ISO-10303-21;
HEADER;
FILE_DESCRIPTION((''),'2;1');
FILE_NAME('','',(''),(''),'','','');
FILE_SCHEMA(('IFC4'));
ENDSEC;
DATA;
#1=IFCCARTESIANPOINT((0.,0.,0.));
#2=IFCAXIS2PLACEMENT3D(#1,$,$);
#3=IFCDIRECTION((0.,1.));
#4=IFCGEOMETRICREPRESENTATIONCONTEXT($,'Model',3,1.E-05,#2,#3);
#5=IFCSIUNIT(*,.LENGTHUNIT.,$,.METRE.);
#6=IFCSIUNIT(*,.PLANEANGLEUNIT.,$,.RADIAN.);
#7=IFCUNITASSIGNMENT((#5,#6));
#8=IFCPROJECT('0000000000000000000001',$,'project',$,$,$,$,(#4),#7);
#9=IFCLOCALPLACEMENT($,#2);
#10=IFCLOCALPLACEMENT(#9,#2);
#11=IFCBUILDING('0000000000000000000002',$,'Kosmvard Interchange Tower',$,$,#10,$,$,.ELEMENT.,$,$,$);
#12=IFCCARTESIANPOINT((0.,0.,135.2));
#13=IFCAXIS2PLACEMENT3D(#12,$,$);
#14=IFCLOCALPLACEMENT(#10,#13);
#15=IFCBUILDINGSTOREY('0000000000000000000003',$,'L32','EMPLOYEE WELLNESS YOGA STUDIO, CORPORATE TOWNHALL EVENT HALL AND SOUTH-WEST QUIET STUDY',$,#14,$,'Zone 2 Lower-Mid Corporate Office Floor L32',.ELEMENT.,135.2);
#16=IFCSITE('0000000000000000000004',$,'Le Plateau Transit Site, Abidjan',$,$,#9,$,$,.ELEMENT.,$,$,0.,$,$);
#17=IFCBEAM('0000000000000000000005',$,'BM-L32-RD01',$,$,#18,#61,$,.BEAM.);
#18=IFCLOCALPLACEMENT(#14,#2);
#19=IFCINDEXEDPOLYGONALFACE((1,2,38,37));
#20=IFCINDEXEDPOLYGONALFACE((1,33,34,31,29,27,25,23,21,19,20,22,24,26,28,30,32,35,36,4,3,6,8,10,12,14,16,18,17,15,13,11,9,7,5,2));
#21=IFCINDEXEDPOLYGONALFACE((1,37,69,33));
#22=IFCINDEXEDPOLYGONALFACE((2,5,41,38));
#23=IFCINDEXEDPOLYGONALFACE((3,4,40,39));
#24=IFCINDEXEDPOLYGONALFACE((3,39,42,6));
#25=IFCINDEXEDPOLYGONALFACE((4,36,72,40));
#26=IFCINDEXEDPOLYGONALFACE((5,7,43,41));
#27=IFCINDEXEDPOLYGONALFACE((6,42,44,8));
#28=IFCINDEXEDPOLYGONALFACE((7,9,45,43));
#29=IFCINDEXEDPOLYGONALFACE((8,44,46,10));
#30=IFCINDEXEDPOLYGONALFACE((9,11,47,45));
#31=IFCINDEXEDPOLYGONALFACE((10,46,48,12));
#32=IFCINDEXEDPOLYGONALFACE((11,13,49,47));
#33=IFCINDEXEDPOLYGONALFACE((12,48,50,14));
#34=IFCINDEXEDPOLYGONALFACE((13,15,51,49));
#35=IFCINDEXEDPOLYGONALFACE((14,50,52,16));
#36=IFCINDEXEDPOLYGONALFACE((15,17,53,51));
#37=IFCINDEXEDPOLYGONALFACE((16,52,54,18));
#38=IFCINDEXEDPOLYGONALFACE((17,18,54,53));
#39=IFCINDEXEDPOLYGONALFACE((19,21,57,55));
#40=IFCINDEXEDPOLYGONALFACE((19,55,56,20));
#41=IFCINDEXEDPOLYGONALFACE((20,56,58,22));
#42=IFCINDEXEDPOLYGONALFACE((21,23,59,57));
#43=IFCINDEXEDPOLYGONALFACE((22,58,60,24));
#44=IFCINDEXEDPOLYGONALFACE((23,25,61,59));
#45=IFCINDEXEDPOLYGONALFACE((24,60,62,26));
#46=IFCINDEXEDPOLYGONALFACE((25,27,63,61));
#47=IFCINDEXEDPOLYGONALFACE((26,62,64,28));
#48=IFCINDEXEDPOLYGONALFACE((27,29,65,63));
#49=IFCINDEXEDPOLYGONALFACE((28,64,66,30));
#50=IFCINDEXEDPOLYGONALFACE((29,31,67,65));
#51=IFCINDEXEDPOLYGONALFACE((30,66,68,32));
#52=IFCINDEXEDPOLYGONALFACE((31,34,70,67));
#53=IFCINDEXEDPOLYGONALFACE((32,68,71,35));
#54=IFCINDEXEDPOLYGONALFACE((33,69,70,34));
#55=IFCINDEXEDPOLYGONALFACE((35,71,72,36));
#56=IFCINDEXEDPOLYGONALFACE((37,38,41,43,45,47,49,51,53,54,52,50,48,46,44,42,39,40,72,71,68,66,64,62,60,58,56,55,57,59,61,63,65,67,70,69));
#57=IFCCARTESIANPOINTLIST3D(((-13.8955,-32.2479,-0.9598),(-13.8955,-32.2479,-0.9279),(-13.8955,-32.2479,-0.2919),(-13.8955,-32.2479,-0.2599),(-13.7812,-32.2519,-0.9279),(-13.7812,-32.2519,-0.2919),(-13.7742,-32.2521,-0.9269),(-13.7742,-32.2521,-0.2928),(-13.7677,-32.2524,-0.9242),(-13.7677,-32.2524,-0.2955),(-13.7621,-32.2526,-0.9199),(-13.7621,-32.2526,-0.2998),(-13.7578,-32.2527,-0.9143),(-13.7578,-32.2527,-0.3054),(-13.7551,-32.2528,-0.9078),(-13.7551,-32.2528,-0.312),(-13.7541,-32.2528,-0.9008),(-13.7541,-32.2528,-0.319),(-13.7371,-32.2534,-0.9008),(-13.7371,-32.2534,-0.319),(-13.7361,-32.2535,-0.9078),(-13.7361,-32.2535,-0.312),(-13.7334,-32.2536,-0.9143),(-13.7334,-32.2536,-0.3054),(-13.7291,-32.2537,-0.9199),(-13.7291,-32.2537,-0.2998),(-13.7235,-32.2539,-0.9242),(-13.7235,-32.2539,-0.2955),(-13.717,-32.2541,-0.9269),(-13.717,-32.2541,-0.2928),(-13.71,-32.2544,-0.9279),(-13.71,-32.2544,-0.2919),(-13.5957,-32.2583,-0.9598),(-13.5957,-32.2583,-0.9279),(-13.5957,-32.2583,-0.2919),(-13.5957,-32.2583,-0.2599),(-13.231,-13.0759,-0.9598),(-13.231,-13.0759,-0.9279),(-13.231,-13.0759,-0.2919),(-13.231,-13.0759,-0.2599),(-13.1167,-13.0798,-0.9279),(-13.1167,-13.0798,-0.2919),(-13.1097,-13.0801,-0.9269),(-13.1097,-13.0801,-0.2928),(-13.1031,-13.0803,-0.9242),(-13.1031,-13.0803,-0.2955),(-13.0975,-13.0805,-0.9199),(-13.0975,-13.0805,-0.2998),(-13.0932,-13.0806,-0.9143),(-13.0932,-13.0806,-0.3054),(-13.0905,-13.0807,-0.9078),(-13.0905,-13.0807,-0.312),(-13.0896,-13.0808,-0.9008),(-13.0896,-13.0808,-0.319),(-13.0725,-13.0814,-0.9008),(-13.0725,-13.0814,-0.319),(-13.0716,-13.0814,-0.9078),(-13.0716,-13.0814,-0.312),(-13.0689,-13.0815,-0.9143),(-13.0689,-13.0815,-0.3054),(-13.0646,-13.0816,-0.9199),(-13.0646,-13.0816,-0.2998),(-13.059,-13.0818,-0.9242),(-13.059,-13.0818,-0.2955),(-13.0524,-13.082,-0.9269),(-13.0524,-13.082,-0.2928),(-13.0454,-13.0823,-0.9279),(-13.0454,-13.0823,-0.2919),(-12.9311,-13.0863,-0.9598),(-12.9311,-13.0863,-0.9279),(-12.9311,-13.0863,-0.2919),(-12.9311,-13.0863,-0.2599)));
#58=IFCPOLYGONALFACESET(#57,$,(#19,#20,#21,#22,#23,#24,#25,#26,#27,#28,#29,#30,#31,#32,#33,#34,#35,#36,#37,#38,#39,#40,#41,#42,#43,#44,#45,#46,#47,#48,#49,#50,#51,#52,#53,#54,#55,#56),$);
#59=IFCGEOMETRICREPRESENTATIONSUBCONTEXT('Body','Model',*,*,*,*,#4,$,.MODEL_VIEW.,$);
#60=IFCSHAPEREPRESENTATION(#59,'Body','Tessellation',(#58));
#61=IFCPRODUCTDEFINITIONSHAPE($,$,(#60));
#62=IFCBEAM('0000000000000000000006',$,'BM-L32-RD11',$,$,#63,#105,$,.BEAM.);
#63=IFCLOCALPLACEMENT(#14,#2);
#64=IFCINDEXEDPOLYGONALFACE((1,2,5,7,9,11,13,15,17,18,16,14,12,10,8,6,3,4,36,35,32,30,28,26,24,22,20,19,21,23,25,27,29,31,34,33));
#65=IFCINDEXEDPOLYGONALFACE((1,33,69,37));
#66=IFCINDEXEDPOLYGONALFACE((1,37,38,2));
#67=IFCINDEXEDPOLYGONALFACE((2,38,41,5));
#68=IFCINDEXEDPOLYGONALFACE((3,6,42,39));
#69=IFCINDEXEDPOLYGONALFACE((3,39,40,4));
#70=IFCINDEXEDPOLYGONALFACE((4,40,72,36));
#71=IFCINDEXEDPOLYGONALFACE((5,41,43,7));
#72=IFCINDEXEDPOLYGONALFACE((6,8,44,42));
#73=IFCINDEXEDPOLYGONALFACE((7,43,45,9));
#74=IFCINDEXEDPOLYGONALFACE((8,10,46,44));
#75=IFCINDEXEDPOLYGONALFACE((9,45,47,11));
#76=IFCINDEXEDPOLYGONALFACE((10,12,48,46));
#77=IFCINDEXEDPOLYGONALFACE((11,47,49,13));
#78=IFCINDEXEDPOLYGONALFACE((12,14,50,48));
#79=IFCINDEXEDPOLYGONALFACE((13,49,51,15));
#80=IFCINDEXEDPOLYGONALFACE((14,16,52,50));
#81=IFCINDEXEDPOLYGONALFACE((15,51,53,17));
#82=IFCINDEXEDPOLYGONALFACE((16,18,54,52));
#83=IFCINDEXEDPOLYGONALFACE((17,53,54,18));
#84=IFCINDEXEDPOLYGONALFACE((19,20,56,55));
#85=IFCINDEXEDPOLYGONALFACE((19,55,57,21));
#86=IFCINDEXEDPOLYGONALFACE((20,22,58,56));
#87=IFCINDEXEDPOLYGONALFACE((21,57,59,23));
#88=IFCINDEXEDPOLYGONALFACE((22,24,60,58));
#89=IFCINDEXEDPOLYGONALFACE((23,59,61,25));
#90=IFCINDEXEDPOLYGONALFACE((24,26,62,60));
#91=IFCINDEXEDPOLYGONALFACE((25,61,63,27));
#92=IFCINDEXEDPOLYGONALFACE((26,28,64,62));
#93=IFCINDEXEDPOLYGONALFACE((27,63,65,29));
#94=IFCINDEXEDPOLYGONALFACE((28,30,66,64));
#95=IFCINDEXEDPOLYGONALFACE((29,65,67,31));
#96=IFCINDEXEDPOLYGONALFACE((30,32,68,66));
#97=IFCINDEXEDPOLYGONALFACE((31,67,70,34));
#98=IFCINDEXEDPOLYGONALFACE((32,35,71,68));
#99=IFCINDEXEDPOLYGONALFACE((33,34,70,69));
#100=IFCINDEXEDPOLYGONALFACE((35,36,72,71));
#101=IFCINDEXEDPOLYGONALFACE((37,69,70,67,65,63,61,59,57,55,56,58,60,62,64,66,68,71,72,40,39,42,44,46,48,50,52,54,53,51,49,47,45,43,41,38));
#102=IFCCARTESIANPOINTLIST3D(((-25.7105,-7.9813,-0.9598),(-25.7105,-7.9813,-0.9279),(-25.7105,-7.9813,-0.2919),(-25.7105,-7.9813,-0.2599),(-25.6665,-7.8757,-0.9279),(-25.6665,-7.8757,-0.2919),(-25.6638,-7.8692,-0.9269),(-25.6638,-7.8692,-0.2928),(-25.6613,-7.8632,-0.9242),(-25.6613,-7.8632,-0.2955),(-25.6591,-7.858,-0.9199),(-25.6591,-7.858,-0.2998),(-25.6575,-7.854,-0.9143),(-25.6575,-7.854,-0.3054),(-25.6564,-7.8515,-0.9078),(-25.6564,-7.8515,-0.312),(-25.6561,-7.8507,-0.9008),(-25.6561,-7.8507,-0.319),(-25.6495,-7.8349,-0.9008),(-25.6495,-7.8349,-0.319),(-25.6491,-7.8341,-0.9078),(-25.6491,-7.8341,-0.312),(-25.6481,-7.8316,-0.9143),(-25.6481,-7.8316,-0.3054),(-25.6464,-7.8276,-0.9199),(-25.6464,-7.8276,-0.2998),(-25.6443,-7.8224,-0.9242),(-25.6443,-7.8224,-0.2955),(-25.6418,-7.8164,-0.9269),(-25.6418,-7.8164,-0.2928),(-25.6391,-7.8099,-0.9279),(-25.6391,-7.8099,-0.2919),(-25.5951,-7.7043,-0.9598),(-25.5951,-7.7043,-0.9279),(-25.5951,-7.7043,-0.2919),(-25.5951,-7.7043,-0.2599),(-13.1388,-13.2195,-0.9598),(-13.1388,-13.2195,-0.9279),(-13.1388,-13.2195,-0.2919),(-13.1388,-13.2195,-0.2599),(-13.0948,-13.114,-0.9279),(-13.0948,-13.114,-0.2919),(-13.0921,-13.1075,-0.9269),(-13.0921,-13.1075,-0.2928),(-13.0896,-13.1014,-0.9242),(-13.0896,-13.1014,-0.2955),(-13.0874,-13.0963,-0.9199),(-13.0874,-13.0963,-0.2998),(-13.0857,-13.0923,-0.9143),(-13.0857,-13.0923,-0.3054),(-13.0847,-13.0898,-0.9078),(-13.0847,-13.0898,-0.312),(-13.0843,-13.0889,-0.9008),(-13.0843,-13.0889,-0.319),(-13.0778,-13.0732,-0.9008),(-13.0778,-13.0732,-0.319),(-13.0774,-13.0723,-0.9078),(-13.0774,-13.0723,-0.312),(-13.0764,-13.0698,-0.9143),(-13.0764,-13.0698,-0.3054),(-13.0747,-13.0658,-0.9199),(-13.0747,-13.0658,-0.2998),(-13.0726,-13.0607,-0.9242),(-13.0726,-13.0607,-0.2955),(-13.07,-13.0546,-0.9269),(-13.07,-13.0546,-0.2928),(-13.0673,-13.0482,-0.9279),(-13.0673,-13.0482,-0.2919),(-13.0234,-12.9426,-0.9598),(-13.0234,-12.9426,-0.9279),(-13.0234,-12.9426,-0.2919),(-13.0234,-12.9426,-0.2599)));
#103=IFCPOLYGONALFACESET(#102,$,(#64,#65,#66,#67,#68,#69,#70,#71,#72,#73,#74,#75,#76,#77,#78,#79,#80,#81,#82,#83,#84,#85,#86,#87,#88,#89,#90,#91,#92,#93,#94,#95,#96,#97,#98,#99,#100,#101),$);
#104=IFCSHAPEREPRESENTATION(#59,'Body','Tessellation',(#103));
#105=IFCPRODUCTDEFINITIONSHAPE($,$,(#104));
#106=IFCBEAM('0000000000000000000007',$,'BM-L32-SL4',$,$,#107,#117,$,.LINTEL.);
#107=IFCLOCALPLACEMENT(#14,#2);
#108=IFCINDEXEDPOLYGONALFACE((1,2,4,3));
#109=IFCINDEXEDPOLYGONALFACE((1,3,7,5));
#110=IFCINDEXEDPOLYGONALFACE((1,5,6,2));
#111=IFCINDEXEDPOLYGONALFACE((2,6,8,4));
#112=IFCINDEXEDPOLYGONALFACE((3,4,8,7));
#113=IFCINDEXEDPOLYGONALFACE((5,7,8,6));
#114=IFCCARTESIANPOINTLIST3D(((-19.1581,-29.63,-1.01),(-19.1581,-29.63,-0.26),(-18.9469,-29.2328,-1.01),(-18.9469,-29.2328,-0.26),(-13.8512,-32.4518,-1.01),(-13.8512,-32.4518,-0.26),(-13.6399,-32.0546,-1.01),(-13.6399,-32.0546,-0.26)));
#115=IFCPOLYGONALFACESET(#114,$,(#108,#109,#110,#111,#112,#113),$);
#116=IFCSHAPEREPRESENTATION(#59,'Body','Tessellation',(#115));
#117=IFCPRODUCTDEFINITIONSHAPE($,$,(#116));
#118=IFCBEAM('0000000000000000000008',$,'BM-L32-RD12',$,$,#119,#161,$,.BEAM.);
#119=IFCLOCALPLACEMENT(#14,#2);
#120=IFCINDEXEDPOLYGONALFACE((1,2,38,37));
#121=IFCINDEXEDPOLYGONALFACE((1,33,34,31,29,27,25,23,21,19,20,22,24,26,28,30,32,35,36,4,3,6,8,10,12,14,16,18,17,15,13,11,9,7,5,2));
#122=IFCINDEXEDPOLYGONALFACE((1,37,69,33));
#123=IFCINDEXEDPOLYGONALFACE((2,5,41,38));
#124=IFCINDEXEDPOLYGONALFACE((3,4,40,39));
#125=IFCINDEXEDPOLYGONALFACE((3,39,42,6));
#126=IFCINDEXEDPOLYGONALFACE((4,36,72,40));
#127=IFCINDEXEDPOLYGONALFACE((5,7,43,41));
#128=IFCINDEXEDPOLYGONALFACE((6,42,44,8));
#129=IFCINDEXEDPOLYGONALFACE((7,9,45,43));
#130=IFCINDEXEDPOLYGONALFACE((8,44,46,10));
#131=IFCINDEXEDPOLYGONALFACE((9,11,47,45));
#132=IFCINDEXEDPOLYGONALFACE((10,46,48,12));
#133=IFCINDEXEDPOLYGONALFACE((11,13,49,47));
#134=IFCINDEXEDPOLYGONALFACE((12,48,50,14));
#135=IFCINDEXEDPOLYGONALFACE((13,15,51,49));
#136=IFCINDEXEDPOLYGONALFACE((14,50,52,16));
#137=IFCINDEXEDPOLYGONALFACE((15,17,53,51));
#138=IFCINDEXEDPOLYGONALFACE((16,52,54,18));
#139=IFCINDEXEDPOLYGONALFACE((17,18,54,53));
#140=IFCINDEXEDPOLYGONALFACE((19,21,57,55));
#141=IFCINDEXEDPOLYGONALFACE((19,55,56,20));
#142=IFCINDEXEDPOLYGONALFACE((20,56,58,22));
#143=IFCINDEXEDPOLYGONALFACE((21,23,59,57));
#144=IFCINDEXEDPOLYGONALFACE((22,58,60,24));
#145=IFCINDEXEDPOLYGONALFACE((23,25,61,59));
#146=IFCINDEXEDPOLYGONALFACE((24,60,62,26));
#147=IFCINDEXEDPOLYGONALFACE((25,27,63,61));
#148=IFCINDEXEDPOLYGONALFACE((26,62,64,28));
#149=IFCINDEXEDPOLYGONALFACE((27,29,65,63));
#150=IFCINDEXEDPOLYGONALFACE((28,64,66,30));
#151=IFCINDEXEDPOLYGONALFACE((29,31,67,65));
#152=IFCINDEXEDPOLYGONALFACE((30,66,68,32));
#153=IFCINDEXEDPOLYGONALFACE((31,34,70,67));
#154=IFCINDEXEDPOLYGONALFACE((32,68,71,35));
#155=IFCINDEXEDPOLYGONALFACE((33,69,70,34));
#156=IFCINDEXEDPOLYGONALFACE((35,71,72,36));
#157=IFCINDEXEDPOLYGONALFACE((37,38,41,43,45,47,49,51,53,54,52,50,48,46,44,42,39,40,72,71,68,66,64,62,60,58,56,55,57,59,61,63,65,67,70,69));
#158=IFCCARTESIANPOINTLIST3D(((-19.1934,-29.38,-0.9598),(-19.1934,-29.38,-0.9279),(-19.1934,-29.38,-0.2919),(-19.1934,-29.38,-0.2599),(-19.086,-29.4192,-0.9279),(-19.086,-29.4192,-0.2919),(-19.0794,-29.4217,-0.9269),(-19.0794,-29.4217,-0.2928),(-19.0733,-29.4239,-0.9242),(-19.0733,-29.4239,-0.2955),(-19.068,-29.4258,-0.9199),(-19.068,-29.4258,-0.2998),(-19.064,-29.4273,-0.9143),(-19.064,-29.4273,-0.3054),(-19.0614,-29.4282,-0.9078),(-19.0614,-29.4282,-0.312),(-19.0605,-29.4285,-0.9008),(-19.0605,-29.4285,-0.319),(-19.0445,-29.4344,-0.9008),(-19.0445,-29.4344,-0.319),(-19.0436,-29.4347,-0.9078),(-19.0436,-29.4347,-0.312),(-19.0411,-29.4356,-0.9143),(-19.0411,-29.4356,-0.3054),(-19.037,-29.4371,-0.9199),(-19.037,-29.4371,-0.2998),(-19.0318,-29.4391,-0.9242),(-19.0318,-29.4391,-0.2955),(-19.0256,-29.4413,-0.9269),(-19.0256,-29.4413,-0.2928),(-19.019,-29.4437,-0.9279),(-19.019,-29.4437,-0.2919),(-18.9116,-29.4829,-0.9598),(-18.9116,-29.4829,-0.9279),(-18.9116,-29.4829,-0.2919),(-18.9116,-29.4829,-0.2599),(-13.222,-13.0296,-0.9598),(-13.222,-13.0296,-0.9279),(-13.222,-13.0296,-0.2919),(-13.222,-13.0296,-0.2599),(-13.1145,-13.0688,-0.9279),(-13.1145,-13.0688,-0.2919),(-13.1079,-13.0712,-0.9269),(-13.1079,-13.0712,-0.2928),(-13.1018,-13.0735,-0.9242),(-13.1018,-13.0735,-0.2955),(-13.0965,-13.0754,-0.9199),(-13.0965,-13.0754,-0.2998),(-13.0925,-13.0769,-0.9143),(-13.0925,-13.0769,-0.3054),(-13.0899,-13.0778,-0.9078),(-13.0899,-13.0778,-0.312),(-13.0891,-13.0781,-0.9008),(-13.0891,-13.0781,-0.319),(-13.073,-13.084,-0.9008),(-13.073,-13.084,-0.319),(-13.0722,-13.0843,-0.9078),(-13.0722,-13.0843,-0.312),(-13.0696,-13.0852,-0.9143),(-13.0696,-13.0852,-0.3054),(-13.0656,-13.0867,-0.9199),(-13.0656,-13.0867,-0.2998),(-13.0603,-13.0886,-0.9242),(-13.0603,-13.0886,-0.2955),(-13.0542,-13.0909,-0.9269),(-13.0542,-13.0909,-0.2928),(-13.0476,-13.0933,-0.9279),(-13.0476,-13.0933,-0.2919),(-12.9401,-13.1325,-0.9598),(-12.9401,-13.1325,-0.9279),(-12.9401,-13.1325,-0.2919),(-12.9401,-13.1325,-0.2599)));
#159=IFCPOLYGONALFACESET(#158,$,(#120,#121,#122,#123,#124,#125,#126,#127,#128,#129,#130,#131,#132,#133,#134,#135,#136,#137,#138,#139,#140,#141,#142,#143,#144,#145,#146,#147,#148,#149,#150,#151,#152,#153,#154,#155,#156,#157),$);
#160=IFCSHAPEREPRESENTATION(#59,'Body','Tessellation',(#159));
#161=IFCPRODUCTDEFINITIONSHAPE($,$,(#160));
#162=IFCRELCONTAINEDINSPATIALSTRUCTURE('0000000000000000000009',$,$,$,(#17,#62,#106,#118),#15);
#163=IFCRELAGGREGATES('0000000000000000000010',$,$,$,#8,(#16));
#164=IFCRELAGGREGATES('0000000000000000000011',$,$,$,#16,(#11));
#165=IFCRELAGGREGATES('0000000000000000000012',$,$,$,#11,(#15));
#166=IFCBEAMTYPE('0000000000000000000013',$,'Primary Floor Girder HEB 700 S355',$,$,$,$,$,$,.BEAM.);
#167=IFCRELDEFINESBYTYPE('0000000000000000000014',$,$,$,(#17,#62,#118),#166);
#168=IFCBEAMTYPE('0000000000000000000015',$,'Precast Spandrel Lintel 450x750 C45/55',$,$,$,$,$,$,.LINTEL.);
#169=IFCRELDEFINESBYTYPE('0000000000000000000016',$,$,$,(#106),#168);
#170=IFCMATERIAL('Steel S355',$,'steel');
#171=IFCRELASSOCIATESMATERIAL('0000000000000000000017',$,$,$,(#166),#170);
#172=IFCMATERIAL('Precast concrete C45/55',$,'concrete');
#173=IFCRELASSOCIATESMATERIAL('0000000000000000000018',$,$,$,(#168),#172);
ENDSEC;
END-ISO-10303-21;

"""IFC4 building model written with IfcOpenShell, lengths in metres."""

from ifc_helpers import new_model, si_unit, direction, frame, origin, origin_2d, place, context, subcontext, project, spatial, rectangle, i_section, extrude, source, transform, mapped, material, material_profile, profile_set, type_object, element, save


model = new_model("IFC4")

# Units and contexts
model_context = context("Model", 3, precision=1e-05, world=origin(), true_north=direction((0.0, 1.0)))
body_context = subcontext(model_context, "Body", "Model", "MODEL_VIEW")
ifc_project = project(units=[si_unit("LENGTHUNIT", "METRE"), si_unit("PLANEANGLEUNIT", "RADIAN")], contexts=[model_context])

# Site, building, storey
site_placement = place(None, origin())
site = spatial("IfcSite", under=ifc_project, at=site_placement, Name="Le Plateau Transit Site, Abidjan", CompositionType="ELEMENT", RefElevation=0.0)
building_placement = place(site_placement, origin())
building = spatial("IfcBuilding", under=site, at=building_placement, Name="Kosmvard Interchange Tower", CompositionType="ELEMENT")
storey_placement = place(building_placement, frame((0.0, 0.0, 135.2)))
storey = spatial("IfcBuildingStorey", under=building, at=storey_placement, Name="L32", Description="EMPLOYEE WELLNESS YOGA STUDIO, CORPORATE TOWNHALL EVENT HALL AND SOUTH-WEST QUIET STUDY", LongName="Zone 2 Lower-Mid Corporate Office Floor L32", CompositionType="ELEMENT", Elevation=135.2)

# Beams
ifc_material_1 = material(Name="Steel S355", Category="steel")
ifc_material_profile_1 = material_profile(ifc_material_1, i_section(OverallWidth=0.3, OverallDepth=0.7, WebThickness=0.0171, FlangeThickness=0.032, FilletRadius=0.0271, at=origin_2d()), Name="HEB 700")
ifc_profile_set_1 = profile_set([ifc_material_profile_1], Name="Steel S355")
beam_type_1 = type_object("IfcBeamType", Name="Primary Floor Girder HEB 700 S355", PredefinedType="BEAM", material=ifc_profile_set_1)
shared_shape_1 = source(origin(), body_context, "Body", "SweptSolid", [
    extrude(i_section(OverallWidth=0.3, OverallDepth=0.7, WebThickness=0.0171, FlangeThickness=0.032, FilletRadius=0.0271, at=origin_2d()), origin(), (0.0, 0.0, 1.0), 19.1836),
])
beam_1_placement = place(storey_placement, frame((-13.0811, -13.0811, -0.6099), z_axis=(-0.034642, -0.9994, 0.0), x_axis=(0.9994, -0.034642, 0.0)))
element("IfcBeam", 1, at=beam_1_placement, inside=storey, type_object=beam_type_1, Name="BM-L32-RD01", PredefinedType="BEAM", context=body_context, shape_type="MappedRepresentation", body=[
    mapped(shared_shape_1, transform((0.0, 0.0, 0.0), scale=1.0)),
])
shared_shape_2 = source(origin(), body_context, "Body", "SweptSolid", [
    extrude(i_section(OverallWidth=0.3, OverallDepth=0.7, WebThickness=0.0171, FlangeThickness=0.032, FilletRadius=0.0271, at=origin_2d()), origin(), (0.0, 0.0, 1.0), 13.6194),
])
beam_2_placement = place(storey_placement, frame((-13.0811, -13.0811, -0.6099), z_axis=(-0.923076, 0.384618, 0.0), x_axis=(-0.384618, -0.923076, 0.0)))
element("IfcBeam", 2, at=beam_2_placement, inside=storey, type_object=beam_type_1, Name="BM-L32-RD11", PredefinedType="BEAM", context=body_context, shape_type="MappedRepresentation", body=[
    mapped(shared_shape_2, transform((0.0, 0.0, 0.0), scale=1.0)),
])
ifc_material_2 = material(Name="Precast concrete C45/55", Category="concrete")
ifc_material_profile_2 = material_profile(ifc_material_2, rectangle(XDim=0.45, YDim=0.75, at=origin_2d()), Name="SL 450x750")
ifc_profile_set_2 = profile_set([ifc_material_profile_2], Name="Precast concrete C45/55")
beam_type_2 = type_object("IfcBeamType", Name="Precast Spandrel Lintel 450x750 C45/55", PredefinedType="LINTEL", material=ifc_profile_set_2)
shared_shape_3 = source(origin(), body_context, "Body", "SweptSolid", [
    extrude(rectangle(XDim=0.45, YDim=0.75, at=origin_2d()), origin(), (0.0, 0.0, 1.0), 6.0105),
])
beam_3_placement = place(storey_placement, frame((-19.0525, -29.4314, -0.635), z_axis=(0.882944, -0.469479, 0.0), x_axis=(0.469479, 0.882944, 0.0)))
element("IfcBeam", 3, at=beam_3_placement, inside=storey, type_object=beam_type_2, Name="BM-L32-SL4", PredefinedType="LINTEL", context=body_context, shape_type="MappedRepresentation", body=[
    mapped(shared_shape_3, transform((0.0, 0.0, 0.0), scale=1.0)),
])
shared_shape_4 = source(origin(), body_context, "Body", "SweptSolid", [
    extrude(i_section(OverallWidth=0.3, OverallDepth=0.7, WebThickness=0.0171, FlangeThickness=0.032, FilletRadius=0.0271, at=origin_2d()), origin(), (0.0, 0.0, 1.0), 17.4067),
])
beam_4_placement = place(storey_placement, frame((-13.0811, -13.0811, -0.6099), z_axis=(-0.343055, -0.939315, 0.0), x_axis=(0.939315, -0.343055, 0.0)))
element("IfcBeam", 4, at=beam_4_placement, inside=storey, type_object=beam_type_1, Name="BM-L32-RD12", PredefinedType="BEAM", context=body_context, shape_type="MappedRepresentation", body=[
    mapped(shared_shape_4, transform((0.0, 0.0, 0.0), scale=1.0)),
])

save(model, "model.ifc")
